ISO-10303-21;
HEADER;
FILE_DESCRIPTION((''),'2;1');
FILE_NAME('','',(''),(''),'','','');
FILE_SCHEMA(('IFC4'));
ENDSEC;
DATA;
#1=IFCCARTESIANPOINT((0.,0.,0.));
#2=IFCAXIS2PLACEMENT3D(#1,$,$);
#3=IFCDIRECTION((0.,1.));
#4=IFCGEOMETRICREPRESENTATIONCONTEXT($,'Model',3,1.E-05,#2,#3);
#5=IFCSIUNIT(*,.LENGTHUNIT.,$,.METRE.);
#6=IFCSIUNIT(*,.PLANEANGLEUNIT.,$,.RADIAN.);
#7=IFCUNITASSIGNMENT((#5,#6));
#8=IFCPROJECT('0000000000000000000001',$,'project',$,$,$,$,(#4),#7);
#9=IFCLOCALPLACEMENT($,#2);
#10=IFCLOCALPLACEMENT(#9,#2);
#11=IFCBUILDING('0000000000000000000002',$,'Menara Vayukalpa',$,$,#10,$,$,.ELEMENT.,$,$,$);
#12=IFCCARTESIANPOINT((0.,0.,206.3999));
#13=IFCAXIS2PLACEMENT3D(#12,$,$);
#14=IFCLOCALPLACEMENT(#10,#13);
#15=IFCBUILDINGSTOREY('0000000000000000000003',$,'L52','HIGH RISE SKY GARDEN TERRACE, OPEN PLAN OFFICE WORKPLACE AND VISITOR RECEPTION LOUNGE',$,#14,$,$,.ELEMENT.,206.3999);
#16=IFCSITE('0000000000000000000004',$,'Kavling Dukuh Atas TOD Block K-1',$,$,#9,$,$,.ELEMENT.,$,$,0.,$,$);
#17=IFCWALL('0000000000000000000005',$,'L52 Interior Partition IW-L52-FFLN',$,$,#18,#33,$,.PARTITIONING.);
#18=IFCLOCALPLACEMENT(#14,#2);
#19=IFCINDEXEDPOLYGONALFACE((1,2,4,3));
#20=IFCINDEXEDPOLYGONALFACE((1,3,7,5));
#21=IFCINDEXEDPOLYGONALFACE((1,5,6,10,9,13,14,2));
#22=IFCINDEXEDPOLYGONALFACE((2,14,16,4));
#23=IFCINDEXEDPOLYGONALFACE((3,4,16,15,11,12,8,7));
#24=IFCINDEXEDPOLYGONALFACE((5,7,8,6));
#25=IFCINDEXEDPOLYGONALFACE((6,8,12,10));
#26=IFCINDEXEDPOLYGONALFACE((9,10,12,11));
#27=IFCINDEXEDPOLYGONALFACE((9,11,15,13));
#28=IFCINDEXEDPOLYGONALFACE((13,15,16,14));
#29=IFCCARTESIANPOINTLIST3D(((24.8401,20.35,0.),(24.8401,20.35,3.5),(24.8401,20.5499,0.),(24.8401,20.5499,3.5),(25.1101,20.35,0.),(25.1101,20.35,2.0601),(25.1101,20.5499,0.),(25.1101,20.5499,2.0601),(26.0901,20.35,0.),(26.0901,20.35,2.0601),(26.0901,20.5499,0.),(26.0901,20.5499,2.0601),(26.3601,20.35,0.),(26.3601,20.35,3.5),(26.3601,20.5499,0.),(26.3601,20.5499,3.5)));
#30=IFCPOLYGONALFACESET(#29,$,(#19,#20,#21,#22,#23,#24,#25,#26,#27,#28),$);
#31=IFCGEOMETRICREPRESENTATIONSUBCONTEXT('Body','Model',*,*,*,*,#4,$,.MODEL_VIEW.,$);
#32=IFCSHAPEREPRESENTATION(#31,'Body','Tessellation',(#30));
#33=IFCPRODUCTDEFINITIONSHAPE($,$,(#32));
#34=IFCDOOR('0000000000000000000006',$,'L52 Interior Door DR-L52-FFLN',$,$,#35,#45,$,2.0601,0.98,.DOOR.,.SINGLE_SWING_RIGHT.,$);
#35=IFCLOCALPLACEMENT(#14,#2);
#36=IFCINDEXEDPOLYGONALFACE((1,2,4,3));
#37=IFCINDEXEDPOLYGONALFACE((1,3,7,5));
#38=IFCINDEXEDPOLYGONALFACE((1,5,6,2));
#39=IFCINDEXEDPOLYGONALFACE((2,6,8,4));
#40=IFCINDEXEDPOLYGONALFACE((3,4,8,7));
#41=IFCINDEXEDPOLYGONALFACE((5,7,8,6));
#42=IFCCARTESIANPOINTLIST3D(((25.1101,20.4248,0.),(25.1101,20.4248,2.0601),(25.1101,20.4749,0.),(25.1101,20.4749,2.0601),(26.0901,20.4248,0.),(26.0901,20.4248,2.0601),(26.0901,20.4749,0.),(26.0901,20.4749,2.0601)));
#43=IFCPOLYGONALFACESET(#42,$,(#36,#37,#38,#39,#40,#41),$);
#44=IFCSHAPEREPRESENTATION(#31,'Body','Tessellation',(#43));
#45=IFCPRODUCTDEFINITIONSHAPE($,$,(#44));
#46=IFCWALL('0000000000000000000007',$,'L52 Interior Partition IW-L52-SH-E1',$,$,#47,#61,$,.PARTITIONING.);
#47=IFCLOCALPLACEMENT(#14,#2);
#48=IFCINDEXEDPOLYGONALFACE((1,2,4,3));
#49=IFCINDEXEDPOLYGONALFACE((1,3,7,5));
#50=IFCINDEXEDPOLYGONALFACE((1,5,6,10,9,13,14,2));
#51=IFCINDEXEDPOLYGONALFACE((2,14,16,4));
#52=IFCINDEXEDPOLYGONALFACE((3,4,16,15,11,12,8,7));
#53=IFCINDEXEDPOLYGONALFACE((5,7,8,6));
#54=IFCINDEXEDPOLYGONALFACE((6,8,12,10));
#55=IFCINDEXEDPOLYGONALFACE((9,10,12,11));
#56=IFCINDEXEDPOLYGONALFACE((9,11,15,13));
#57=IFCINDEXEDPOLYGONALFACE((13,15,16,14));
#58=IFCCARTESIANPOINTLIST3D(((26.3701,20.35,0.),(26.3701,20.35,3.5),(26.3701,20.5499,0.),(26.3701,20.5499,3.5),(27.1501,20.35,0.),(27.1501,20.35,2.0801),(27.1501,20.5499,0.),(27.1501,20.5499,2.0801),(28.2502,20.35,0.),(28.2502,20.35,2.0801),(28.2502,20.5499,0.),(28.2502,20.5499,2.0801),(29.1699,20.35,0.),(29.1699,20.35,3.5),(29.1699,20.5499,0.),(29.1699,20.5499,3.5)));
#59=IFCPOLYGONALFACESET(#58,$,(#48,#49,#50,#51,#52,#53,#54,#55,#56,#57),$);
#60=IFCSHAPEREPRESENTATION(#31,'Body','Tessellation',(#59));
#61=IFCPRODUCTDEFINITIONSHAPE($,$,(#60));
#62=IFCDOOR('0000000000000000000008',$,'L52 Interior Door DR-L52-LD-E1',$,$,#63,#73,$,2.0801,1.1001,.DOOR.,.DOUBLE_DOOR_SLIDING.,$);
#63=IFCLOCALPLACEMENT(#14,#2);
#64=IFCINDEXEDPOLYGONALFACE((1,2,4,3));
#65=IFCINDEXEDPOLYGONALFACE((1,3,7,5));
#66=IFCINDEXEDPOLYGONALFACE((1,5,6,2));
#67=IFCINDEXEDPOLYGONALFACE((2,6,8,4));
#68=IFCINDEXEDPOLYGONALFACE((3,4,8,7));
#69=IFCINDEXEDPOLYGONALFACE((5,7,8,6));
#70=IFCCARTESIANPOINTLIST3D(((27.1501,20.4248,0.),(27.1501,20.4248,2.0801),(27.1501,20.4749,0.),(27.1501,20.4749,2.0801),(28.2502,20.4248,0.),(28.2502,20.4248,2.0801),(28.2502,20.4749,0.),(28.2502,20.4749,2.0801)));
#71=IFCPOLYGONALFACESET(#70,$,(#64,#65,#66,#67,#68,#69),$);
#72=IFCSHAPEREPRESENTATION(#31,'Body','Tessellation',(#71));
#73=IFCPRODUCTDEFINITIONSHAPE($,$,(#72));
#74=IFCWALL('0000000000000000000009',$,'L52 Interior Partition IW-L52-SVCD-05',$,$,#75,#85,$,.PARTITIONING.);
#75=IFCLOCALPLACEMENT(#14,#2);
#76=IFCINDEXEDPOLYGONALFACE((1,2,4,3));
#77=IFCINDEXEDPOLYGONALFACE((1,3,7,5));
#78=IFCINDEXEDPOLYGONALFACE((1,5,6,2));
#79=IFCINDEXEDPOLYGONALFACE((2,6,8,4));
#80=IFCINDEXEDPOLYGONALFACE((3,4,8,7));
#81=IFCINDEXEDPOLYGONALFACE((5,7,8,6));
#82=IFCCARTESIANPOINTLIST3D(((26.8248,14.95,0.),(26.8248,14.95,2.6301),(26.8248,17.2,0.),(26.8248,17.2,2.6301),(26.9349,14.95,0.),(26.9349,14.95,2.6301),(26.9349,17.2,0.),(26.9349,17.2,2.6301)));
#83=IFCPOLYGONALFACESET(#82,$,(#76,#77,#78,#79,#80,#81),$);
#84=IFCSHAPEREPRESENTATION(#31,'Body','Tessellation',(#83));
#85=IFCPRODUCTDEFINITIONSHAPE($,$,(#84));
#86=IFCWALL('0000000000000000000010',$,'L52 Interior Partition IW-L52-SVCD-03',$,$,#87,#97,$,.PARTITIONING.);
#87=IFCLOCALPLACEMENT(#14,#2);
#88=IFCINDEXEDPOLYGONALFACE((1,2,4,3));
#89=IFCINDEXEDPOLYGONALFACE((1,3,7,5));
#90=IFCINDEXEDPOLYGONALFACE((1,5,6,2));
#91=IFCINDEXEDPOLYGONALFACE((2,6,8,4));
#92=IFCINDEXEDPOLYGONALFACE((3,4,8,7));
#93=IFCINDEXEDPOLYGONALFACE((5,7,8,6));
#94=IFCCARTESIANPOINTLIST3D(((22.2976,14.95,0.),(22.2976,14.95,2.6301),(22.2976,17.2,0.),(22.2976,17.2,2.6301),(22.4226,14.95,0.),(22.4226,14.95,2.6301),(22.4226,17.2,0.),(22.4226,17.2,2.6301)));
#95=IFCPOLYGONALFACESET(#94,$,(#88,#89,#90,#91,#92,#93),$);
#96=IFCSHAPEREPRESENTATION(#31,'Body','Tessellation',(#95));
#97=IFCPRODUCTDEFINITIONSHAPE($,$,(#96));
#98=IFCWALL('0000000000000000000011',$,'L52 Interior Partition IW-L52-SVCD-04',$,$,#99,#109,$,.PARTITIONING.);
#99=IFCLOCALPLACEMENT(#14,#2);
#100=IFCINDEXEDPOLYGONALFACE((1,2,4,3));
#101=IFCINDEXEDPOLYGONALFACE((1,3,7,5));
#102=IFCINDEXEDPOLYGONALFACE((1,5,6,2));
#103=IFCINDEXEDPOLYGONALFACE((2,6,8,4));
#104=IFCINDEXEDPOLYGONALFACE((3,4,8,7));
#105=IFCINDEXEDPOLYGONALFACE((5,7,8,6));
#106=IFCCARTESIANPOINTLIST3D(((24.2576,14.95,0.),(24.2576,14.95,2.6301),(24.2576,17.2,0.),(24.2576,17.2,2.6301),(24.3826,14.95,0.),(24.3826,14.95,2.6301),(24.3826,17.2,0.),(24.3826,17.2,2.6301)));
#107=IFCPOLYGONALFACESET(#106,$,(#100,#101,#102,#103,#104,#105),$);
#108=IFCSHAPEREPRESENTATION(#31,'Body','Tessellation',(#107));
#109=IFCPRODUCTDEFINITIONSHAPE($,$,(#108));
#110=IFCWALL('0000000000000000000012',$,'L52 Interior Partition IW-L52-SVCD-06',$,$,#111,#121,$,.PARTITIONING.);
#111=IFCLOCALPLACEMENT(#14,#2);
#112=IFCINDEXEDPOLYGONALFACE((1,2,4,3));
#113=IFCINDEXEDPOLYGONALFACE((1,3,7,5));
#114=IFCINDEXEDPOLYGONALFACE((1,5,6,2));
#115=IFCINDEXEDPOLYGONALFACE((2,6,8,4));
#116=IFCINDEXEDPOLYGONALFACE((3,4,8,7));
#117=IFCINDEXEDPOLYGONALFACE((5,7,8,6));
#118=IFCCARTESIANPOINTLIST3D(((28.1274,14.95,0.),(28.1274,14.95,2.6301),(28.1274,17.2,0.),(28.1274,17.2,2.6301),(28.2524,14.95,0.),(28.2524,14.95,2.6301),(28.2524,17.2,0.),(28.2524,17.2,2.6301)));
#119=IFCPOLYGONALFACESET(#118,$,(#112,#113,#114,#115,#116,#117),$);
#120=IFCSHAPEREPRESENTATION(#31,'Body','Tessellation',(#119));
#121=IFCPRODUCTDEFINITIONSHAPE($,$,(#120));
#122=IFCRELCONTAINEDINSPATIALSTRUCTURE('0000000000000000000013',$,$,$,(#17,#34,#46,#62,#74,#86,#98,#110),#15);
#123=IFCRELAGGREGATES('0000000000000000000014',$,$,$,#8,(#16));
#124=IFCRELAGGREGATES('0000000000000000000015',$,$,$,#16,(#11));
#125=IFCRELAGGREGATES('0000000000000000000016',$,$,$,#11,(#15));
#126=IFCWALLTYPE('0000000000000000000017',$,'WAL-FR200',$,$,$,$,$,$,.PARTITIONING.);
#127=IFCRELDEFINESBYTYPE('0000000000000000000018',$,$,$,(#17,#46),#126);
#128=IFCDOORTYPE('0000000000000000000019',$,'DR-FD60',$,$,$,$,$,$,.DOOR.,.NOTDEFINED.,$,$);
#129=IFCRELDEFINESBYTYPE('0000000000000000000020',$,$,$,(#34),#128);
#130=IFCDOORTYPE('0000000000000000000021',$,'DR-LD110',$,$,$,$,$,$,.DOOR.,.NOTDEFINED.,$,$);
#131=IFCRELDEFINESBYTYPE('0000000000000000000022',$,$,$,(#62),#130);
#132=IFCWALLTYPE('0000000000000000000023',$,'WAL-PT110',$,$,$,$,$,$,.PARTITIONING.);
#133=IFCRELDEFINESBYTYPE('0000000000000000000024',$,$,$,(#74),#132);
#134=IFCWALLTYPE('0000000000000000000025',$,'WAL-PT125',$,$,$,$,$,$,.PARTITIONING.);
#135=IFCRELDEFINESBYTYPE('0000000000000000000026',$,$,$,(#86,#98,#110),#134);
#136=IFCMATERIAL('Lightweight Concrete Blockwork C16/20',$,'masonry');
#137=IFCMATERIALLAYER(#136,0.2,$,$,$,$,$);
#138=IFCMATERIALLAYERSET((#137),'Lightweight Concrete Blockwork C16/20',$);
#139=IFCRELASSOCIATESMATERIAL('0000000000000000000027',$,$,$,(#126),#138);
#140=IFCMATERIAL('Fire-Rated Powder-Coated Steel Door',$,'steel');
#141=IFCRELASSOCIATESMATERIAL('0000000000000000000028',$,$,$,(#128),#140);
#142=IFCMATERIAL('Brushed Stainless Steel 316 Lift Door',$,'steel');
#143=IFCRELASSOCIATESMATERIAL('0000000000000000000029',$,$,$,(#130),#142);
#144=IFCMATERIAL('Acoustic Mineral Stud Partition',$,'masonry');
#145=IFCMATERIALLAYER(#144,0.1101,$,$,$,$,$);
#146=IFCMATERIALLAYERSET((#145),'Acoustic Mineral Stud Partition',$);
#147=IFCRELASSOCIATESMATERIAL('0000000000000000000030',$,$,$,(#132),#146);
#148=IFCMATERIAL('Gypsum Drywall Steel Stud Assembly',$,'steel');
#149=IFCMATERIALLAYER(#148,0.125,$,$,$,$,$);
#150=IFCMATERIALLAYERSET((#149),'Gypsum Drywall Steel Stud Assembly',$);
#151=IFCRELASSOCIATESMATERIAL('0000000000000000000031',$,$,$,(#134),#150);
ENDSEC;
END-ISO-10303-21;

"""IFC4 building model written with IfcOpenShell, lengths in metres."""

from ifc_helpers import new_model, si_unit, direction, frame, frame_2d, origin, place, context, subcontext, project, spatial, rectangle, extrude, material, layer, layer_set, type_object, element, fill, save


model = new_model("IFC4")

# Units and contexts
model_context = context("Model", 3, precision=1e-05, world=origin(), true_north=direction((0.0, 1.0)))
body_context = subcontext(model_context, "Body", "Model", "MODEL_VIEW")
ifc_project = project(units=[si_unit("LENGTHUNIT", "METRE"), si_unit("PLANEANGLEUNIT", "RADIAN")], contexts=[model_context])

# Site, building, storey
site_placement = place(None, origin())
site = spatial("IfcSite", under=ifc_project, at=site_placement, Name="Kavling Dukuh Atas TOD Block K-1", CompositionType="ELEMENT", RefElevation=0.0)
building_placement = place(site_placement, origin())
building = spatial("IfcBuilding", under=site, at=building_placement, Name="Menara Vayukalpa", CompositionType="ELEMENT")
storey_placement = place(building_placement, frame((0.0, 0.0, 206.3999)))
storey = spatial("IfcBuildingStorey", under=building, at=storey_placement, Name="L52", Description="HIGH RISE SKY GARDEN TERRACE, OPEN PLAN OFFICE WORKPLACE AND VISITOR RECEPTION LOUNGE", CompositionType="ELEMENT", Elevation=206.3999)

# Walls, openings, doors
ifc_material_1 = material(Name="Lightweight Concrete Blockwork C16/20", Category="masonry")
ifc_layer_1 = layer(ifc_material_1, 0.2)
ifc_layer_set_1 = layer_set([ifc_layer_1], Name="Lightweight Concrete Blockwork C16/20")
wall_type_1 = type_object("IfcWallType", Name="WAL-FR200", PredefinedType="PARTITIONING", material=ifc_layer_set_1)
wall_1_placement = place(storey_placement, frame((24.8401, 20.45, 0.0), z_axis=(0.0, 0.0, 1.0), x_axis=(1.0, 0.0, 0.0)))
wall_1 = element("IfcWall", 1, at=wall_1_placement, inside=storey, type_object=wall_type_1, Name="L52 Interior Partition IW-L52-FFLN", PredefinedType="PARTITIONING", context=body_context, shape_type="SweptSolid", body=[
    extrude(rectangle(XDim=1.52, YDim=0.2, at=frame_2d((0.76, 0.0))), origin(), (0.0, 0.0, 1.0), 3.5),
])
opening_1_placement = place(wall_1_placement, frame((0.27, 0.0, 0.0)))
opening_1 = element("IfcOpeningElement", 2, at=opening_1_placement, cuts=wall_1, PredefinedType="OPENING", context=body_context, shape_type="SweptSolid", body=[
    extrude(rectangle(XDim=0.98, YDim=2.0601, at=frame_2d((0.49, 1.03))), frame((0.0, 0.1099, 0.0), z_axis=(0.0, -1.0, 0.0), x_axis=(1.0, 0.0, 0.0)), (0.0, 0.0, 1.0), 0.22),
])
ifc_material_2 = material(Name="Fire-Rated Powder-Coated Steel Door", Category="steel")
door_type_1 = type_object("IfcDoorType", Name="DR-FD60", OperationType="NOTDEFINED", PredefinedType="DOOR", material=ifc_material_2)
door_1_placement = place(opening_1_placement, origin())
door_1 = element("IfcDoor", 3, at=door_1_placement, inside=storey, type_object=door_type_1, Name="L52 Interior Door DR-L52-FFLN", OperationType="SINGLE_SWING_RIGHT", OverallHeight=2.0601, OverallWidth=0.98, PredefinedType="DOOR", context=body_context, shape_type="SweptSolid", body=[
    extrude(rectangle(XDim=0.98, YDim=2.0601, at=frame_2d((0.49, 1.03))), frame((0.0, 0.0249, 0.0), z_axis=(0.0, -1.0, 0.0), x_axis=(1.0, 0.0, 0.0)), (0.0, 0.0, 1.0), 0.05),
])
fill(opening_1, door_1)
wall_2_placement = place(storey_placement, frame((26.3701, 20.45, 0.0), z_axis=(0.0, 0.0, 1.0), x_axis=(1.0, 0.0, 0.0)))
wall_2 = element("IfcWall", 4, at=wall_2_placement, inside=storey, type_object=wall_type_1, Name="L52 Interior Partition IW-L52-SH-E1", PredefinedType="PARTITIONING", context=body_context, shape_type="SweptSolid", body=[
    extrude(rectangle(XDim=2.7998, YDim=0.2, at=frame_2d((1.3999, 0.0))), origin(), (0.0, 0.0, 1.0), 3.5),
])
opening_2_placement = place(wall_2_placement, frame((0.78, 0.0, 0.0)))
opening_2 = element("IfcOpeningElement", 5, at=opening_2_placement, cuts=wall_2, PredefinedType="OPENING", context=body_context, shape_type="SweptSolid", body=[
    extrude(rectangle(XDim=1.1001, YDim=2.0801, at=frame_2d((0.55, 1.04))), frame((0.0, 0.1099, 0.0), z_axis=(0.0, -1.0, 0.0), x_axis=(1.0, 0.0, 0.0)), (0.0, 0.0, 1.0), 0.22),
])
ifc_material_3 = material(Name="Brushed Stainless Steel 316 Lift Door", Category="steel")
door_type_2 = type_object("IfcDoorType", Name="DR-LD110", OperationType="NOTDEFINED", PredefinedType="DOOR", material=ifc_material_3)
door_2_placement = place(opening_2_placement, origin())
door_2 = element("IfcDoor", 6, at=door_2_placement, inside=storey, type_object=door_type_2, Name="L52 Interior Door DR-L52-LD-E1", OperationType="DOUBLE_DOOR_SLIDING", OverallHeight=2.0801, OverallWidth=1.1001, PredefinedType="DOOR", context=body_context, shape_type="SweptSolid", body=[
    extrude(rectangle(XDim=1.1001, YDim=2.0801, at=frame_2d((0.55, 1.04))), frame((0.0, 0.0249, 0.0), z_axis=(0.0, -1.0, 0.0), x_axis=(1.0, 0.0, 0.0)), (0.0, 0.0, 1.0), 0.05),
])
fill(opening_2, door_2)

# Walls
ifc_material_4 = material(Name="Acoustic Mineral Stud Partition", Category="masonry")
ifc_layer_2 = layer(ifc_material_4, 0.1101)
ifc_layer_set_2 = layer_set([ifc_layer_2], Name="Acoustic Mineral Stud Partition")
wall_type_2 = type_object("IfcWallType", Name="WAL-PT110", PredefinedType="PARTITIONING", material=ifc_layer_set_2)
wall_3_placement = place(storey_placement, frame((26.8799, 14.95, 0.0), z_axis=(0.0, 0.0, 1.0), x_axis=(0.0, 1.0, 0.0)))
element("IfcWall", 7, at=wall_3_placement, inside=storey, type_object=wall_type_2, Name="L52 Interior Partition IW-L52-SVCD-05", PredefinedType="PARTITIONING", context=body_context, shape_type="SweptSolid", body=[
    extrude(rectangle(XDim=2.25, YDim=0.1101, at=frame_2d((1.125, 0.0))), origin(), (0.0, 0.0, 1.0), 2.6301),
])
ifc_material_5 = material(Name="Gypsum Drywall Steel Stud Assembly", Category="steel")
ifc_layer_3 = layer(ifc_material_5, 0.125)
ifc_layer_set_3 = layer_set([ifc_layer_3], Name="Gypsum Drywall Steel Stud Assembly")
wall_type_3 = type_object("IfcWallType", Name="WAL-PT125", PredefinedType="PARTITIONING", material=ifc_layer_set_3)
for number, where, z_axis, x_axis, name in (
    (8, (22.3601, 14.95, 0.0), (0.0, 0.0, 1.0), (0.0, 1.0, 0.0), "L52 Interior Partition IW-L52-SVCD-03"),
    (9, (24.3201, 14.95, 0.0), (0.0, 0.0, 1.0), (0.0, 1.0, 0.0), "L52 Interior Partition IW-L52-SVCD-04"),
    (10, (28.1899, 14.95, 0.0), (0.0, 0.0, 1.0), (0.0, 1.0, 0.0), "L52 Interior Partition IW-L52-SVCD-06"),
):
    element("IfcWall", number, at=place(storey_placement, frame(where, z_axis=z_axis, x_axis=x_axis)), inside=storey, type_object=wall_type_3, Name=name, PredefinedType="PARTITIONING", context=body_context, shape_type="SweptSolid", body=[
        extrude(rectangle(XDim=2.25, YDim=0.125, at=frame_2d((1.125, 0.0))), origin(), (0.0, 0.0, 1.0), 2.6301),
    ])

save(model, "model.ifc")
